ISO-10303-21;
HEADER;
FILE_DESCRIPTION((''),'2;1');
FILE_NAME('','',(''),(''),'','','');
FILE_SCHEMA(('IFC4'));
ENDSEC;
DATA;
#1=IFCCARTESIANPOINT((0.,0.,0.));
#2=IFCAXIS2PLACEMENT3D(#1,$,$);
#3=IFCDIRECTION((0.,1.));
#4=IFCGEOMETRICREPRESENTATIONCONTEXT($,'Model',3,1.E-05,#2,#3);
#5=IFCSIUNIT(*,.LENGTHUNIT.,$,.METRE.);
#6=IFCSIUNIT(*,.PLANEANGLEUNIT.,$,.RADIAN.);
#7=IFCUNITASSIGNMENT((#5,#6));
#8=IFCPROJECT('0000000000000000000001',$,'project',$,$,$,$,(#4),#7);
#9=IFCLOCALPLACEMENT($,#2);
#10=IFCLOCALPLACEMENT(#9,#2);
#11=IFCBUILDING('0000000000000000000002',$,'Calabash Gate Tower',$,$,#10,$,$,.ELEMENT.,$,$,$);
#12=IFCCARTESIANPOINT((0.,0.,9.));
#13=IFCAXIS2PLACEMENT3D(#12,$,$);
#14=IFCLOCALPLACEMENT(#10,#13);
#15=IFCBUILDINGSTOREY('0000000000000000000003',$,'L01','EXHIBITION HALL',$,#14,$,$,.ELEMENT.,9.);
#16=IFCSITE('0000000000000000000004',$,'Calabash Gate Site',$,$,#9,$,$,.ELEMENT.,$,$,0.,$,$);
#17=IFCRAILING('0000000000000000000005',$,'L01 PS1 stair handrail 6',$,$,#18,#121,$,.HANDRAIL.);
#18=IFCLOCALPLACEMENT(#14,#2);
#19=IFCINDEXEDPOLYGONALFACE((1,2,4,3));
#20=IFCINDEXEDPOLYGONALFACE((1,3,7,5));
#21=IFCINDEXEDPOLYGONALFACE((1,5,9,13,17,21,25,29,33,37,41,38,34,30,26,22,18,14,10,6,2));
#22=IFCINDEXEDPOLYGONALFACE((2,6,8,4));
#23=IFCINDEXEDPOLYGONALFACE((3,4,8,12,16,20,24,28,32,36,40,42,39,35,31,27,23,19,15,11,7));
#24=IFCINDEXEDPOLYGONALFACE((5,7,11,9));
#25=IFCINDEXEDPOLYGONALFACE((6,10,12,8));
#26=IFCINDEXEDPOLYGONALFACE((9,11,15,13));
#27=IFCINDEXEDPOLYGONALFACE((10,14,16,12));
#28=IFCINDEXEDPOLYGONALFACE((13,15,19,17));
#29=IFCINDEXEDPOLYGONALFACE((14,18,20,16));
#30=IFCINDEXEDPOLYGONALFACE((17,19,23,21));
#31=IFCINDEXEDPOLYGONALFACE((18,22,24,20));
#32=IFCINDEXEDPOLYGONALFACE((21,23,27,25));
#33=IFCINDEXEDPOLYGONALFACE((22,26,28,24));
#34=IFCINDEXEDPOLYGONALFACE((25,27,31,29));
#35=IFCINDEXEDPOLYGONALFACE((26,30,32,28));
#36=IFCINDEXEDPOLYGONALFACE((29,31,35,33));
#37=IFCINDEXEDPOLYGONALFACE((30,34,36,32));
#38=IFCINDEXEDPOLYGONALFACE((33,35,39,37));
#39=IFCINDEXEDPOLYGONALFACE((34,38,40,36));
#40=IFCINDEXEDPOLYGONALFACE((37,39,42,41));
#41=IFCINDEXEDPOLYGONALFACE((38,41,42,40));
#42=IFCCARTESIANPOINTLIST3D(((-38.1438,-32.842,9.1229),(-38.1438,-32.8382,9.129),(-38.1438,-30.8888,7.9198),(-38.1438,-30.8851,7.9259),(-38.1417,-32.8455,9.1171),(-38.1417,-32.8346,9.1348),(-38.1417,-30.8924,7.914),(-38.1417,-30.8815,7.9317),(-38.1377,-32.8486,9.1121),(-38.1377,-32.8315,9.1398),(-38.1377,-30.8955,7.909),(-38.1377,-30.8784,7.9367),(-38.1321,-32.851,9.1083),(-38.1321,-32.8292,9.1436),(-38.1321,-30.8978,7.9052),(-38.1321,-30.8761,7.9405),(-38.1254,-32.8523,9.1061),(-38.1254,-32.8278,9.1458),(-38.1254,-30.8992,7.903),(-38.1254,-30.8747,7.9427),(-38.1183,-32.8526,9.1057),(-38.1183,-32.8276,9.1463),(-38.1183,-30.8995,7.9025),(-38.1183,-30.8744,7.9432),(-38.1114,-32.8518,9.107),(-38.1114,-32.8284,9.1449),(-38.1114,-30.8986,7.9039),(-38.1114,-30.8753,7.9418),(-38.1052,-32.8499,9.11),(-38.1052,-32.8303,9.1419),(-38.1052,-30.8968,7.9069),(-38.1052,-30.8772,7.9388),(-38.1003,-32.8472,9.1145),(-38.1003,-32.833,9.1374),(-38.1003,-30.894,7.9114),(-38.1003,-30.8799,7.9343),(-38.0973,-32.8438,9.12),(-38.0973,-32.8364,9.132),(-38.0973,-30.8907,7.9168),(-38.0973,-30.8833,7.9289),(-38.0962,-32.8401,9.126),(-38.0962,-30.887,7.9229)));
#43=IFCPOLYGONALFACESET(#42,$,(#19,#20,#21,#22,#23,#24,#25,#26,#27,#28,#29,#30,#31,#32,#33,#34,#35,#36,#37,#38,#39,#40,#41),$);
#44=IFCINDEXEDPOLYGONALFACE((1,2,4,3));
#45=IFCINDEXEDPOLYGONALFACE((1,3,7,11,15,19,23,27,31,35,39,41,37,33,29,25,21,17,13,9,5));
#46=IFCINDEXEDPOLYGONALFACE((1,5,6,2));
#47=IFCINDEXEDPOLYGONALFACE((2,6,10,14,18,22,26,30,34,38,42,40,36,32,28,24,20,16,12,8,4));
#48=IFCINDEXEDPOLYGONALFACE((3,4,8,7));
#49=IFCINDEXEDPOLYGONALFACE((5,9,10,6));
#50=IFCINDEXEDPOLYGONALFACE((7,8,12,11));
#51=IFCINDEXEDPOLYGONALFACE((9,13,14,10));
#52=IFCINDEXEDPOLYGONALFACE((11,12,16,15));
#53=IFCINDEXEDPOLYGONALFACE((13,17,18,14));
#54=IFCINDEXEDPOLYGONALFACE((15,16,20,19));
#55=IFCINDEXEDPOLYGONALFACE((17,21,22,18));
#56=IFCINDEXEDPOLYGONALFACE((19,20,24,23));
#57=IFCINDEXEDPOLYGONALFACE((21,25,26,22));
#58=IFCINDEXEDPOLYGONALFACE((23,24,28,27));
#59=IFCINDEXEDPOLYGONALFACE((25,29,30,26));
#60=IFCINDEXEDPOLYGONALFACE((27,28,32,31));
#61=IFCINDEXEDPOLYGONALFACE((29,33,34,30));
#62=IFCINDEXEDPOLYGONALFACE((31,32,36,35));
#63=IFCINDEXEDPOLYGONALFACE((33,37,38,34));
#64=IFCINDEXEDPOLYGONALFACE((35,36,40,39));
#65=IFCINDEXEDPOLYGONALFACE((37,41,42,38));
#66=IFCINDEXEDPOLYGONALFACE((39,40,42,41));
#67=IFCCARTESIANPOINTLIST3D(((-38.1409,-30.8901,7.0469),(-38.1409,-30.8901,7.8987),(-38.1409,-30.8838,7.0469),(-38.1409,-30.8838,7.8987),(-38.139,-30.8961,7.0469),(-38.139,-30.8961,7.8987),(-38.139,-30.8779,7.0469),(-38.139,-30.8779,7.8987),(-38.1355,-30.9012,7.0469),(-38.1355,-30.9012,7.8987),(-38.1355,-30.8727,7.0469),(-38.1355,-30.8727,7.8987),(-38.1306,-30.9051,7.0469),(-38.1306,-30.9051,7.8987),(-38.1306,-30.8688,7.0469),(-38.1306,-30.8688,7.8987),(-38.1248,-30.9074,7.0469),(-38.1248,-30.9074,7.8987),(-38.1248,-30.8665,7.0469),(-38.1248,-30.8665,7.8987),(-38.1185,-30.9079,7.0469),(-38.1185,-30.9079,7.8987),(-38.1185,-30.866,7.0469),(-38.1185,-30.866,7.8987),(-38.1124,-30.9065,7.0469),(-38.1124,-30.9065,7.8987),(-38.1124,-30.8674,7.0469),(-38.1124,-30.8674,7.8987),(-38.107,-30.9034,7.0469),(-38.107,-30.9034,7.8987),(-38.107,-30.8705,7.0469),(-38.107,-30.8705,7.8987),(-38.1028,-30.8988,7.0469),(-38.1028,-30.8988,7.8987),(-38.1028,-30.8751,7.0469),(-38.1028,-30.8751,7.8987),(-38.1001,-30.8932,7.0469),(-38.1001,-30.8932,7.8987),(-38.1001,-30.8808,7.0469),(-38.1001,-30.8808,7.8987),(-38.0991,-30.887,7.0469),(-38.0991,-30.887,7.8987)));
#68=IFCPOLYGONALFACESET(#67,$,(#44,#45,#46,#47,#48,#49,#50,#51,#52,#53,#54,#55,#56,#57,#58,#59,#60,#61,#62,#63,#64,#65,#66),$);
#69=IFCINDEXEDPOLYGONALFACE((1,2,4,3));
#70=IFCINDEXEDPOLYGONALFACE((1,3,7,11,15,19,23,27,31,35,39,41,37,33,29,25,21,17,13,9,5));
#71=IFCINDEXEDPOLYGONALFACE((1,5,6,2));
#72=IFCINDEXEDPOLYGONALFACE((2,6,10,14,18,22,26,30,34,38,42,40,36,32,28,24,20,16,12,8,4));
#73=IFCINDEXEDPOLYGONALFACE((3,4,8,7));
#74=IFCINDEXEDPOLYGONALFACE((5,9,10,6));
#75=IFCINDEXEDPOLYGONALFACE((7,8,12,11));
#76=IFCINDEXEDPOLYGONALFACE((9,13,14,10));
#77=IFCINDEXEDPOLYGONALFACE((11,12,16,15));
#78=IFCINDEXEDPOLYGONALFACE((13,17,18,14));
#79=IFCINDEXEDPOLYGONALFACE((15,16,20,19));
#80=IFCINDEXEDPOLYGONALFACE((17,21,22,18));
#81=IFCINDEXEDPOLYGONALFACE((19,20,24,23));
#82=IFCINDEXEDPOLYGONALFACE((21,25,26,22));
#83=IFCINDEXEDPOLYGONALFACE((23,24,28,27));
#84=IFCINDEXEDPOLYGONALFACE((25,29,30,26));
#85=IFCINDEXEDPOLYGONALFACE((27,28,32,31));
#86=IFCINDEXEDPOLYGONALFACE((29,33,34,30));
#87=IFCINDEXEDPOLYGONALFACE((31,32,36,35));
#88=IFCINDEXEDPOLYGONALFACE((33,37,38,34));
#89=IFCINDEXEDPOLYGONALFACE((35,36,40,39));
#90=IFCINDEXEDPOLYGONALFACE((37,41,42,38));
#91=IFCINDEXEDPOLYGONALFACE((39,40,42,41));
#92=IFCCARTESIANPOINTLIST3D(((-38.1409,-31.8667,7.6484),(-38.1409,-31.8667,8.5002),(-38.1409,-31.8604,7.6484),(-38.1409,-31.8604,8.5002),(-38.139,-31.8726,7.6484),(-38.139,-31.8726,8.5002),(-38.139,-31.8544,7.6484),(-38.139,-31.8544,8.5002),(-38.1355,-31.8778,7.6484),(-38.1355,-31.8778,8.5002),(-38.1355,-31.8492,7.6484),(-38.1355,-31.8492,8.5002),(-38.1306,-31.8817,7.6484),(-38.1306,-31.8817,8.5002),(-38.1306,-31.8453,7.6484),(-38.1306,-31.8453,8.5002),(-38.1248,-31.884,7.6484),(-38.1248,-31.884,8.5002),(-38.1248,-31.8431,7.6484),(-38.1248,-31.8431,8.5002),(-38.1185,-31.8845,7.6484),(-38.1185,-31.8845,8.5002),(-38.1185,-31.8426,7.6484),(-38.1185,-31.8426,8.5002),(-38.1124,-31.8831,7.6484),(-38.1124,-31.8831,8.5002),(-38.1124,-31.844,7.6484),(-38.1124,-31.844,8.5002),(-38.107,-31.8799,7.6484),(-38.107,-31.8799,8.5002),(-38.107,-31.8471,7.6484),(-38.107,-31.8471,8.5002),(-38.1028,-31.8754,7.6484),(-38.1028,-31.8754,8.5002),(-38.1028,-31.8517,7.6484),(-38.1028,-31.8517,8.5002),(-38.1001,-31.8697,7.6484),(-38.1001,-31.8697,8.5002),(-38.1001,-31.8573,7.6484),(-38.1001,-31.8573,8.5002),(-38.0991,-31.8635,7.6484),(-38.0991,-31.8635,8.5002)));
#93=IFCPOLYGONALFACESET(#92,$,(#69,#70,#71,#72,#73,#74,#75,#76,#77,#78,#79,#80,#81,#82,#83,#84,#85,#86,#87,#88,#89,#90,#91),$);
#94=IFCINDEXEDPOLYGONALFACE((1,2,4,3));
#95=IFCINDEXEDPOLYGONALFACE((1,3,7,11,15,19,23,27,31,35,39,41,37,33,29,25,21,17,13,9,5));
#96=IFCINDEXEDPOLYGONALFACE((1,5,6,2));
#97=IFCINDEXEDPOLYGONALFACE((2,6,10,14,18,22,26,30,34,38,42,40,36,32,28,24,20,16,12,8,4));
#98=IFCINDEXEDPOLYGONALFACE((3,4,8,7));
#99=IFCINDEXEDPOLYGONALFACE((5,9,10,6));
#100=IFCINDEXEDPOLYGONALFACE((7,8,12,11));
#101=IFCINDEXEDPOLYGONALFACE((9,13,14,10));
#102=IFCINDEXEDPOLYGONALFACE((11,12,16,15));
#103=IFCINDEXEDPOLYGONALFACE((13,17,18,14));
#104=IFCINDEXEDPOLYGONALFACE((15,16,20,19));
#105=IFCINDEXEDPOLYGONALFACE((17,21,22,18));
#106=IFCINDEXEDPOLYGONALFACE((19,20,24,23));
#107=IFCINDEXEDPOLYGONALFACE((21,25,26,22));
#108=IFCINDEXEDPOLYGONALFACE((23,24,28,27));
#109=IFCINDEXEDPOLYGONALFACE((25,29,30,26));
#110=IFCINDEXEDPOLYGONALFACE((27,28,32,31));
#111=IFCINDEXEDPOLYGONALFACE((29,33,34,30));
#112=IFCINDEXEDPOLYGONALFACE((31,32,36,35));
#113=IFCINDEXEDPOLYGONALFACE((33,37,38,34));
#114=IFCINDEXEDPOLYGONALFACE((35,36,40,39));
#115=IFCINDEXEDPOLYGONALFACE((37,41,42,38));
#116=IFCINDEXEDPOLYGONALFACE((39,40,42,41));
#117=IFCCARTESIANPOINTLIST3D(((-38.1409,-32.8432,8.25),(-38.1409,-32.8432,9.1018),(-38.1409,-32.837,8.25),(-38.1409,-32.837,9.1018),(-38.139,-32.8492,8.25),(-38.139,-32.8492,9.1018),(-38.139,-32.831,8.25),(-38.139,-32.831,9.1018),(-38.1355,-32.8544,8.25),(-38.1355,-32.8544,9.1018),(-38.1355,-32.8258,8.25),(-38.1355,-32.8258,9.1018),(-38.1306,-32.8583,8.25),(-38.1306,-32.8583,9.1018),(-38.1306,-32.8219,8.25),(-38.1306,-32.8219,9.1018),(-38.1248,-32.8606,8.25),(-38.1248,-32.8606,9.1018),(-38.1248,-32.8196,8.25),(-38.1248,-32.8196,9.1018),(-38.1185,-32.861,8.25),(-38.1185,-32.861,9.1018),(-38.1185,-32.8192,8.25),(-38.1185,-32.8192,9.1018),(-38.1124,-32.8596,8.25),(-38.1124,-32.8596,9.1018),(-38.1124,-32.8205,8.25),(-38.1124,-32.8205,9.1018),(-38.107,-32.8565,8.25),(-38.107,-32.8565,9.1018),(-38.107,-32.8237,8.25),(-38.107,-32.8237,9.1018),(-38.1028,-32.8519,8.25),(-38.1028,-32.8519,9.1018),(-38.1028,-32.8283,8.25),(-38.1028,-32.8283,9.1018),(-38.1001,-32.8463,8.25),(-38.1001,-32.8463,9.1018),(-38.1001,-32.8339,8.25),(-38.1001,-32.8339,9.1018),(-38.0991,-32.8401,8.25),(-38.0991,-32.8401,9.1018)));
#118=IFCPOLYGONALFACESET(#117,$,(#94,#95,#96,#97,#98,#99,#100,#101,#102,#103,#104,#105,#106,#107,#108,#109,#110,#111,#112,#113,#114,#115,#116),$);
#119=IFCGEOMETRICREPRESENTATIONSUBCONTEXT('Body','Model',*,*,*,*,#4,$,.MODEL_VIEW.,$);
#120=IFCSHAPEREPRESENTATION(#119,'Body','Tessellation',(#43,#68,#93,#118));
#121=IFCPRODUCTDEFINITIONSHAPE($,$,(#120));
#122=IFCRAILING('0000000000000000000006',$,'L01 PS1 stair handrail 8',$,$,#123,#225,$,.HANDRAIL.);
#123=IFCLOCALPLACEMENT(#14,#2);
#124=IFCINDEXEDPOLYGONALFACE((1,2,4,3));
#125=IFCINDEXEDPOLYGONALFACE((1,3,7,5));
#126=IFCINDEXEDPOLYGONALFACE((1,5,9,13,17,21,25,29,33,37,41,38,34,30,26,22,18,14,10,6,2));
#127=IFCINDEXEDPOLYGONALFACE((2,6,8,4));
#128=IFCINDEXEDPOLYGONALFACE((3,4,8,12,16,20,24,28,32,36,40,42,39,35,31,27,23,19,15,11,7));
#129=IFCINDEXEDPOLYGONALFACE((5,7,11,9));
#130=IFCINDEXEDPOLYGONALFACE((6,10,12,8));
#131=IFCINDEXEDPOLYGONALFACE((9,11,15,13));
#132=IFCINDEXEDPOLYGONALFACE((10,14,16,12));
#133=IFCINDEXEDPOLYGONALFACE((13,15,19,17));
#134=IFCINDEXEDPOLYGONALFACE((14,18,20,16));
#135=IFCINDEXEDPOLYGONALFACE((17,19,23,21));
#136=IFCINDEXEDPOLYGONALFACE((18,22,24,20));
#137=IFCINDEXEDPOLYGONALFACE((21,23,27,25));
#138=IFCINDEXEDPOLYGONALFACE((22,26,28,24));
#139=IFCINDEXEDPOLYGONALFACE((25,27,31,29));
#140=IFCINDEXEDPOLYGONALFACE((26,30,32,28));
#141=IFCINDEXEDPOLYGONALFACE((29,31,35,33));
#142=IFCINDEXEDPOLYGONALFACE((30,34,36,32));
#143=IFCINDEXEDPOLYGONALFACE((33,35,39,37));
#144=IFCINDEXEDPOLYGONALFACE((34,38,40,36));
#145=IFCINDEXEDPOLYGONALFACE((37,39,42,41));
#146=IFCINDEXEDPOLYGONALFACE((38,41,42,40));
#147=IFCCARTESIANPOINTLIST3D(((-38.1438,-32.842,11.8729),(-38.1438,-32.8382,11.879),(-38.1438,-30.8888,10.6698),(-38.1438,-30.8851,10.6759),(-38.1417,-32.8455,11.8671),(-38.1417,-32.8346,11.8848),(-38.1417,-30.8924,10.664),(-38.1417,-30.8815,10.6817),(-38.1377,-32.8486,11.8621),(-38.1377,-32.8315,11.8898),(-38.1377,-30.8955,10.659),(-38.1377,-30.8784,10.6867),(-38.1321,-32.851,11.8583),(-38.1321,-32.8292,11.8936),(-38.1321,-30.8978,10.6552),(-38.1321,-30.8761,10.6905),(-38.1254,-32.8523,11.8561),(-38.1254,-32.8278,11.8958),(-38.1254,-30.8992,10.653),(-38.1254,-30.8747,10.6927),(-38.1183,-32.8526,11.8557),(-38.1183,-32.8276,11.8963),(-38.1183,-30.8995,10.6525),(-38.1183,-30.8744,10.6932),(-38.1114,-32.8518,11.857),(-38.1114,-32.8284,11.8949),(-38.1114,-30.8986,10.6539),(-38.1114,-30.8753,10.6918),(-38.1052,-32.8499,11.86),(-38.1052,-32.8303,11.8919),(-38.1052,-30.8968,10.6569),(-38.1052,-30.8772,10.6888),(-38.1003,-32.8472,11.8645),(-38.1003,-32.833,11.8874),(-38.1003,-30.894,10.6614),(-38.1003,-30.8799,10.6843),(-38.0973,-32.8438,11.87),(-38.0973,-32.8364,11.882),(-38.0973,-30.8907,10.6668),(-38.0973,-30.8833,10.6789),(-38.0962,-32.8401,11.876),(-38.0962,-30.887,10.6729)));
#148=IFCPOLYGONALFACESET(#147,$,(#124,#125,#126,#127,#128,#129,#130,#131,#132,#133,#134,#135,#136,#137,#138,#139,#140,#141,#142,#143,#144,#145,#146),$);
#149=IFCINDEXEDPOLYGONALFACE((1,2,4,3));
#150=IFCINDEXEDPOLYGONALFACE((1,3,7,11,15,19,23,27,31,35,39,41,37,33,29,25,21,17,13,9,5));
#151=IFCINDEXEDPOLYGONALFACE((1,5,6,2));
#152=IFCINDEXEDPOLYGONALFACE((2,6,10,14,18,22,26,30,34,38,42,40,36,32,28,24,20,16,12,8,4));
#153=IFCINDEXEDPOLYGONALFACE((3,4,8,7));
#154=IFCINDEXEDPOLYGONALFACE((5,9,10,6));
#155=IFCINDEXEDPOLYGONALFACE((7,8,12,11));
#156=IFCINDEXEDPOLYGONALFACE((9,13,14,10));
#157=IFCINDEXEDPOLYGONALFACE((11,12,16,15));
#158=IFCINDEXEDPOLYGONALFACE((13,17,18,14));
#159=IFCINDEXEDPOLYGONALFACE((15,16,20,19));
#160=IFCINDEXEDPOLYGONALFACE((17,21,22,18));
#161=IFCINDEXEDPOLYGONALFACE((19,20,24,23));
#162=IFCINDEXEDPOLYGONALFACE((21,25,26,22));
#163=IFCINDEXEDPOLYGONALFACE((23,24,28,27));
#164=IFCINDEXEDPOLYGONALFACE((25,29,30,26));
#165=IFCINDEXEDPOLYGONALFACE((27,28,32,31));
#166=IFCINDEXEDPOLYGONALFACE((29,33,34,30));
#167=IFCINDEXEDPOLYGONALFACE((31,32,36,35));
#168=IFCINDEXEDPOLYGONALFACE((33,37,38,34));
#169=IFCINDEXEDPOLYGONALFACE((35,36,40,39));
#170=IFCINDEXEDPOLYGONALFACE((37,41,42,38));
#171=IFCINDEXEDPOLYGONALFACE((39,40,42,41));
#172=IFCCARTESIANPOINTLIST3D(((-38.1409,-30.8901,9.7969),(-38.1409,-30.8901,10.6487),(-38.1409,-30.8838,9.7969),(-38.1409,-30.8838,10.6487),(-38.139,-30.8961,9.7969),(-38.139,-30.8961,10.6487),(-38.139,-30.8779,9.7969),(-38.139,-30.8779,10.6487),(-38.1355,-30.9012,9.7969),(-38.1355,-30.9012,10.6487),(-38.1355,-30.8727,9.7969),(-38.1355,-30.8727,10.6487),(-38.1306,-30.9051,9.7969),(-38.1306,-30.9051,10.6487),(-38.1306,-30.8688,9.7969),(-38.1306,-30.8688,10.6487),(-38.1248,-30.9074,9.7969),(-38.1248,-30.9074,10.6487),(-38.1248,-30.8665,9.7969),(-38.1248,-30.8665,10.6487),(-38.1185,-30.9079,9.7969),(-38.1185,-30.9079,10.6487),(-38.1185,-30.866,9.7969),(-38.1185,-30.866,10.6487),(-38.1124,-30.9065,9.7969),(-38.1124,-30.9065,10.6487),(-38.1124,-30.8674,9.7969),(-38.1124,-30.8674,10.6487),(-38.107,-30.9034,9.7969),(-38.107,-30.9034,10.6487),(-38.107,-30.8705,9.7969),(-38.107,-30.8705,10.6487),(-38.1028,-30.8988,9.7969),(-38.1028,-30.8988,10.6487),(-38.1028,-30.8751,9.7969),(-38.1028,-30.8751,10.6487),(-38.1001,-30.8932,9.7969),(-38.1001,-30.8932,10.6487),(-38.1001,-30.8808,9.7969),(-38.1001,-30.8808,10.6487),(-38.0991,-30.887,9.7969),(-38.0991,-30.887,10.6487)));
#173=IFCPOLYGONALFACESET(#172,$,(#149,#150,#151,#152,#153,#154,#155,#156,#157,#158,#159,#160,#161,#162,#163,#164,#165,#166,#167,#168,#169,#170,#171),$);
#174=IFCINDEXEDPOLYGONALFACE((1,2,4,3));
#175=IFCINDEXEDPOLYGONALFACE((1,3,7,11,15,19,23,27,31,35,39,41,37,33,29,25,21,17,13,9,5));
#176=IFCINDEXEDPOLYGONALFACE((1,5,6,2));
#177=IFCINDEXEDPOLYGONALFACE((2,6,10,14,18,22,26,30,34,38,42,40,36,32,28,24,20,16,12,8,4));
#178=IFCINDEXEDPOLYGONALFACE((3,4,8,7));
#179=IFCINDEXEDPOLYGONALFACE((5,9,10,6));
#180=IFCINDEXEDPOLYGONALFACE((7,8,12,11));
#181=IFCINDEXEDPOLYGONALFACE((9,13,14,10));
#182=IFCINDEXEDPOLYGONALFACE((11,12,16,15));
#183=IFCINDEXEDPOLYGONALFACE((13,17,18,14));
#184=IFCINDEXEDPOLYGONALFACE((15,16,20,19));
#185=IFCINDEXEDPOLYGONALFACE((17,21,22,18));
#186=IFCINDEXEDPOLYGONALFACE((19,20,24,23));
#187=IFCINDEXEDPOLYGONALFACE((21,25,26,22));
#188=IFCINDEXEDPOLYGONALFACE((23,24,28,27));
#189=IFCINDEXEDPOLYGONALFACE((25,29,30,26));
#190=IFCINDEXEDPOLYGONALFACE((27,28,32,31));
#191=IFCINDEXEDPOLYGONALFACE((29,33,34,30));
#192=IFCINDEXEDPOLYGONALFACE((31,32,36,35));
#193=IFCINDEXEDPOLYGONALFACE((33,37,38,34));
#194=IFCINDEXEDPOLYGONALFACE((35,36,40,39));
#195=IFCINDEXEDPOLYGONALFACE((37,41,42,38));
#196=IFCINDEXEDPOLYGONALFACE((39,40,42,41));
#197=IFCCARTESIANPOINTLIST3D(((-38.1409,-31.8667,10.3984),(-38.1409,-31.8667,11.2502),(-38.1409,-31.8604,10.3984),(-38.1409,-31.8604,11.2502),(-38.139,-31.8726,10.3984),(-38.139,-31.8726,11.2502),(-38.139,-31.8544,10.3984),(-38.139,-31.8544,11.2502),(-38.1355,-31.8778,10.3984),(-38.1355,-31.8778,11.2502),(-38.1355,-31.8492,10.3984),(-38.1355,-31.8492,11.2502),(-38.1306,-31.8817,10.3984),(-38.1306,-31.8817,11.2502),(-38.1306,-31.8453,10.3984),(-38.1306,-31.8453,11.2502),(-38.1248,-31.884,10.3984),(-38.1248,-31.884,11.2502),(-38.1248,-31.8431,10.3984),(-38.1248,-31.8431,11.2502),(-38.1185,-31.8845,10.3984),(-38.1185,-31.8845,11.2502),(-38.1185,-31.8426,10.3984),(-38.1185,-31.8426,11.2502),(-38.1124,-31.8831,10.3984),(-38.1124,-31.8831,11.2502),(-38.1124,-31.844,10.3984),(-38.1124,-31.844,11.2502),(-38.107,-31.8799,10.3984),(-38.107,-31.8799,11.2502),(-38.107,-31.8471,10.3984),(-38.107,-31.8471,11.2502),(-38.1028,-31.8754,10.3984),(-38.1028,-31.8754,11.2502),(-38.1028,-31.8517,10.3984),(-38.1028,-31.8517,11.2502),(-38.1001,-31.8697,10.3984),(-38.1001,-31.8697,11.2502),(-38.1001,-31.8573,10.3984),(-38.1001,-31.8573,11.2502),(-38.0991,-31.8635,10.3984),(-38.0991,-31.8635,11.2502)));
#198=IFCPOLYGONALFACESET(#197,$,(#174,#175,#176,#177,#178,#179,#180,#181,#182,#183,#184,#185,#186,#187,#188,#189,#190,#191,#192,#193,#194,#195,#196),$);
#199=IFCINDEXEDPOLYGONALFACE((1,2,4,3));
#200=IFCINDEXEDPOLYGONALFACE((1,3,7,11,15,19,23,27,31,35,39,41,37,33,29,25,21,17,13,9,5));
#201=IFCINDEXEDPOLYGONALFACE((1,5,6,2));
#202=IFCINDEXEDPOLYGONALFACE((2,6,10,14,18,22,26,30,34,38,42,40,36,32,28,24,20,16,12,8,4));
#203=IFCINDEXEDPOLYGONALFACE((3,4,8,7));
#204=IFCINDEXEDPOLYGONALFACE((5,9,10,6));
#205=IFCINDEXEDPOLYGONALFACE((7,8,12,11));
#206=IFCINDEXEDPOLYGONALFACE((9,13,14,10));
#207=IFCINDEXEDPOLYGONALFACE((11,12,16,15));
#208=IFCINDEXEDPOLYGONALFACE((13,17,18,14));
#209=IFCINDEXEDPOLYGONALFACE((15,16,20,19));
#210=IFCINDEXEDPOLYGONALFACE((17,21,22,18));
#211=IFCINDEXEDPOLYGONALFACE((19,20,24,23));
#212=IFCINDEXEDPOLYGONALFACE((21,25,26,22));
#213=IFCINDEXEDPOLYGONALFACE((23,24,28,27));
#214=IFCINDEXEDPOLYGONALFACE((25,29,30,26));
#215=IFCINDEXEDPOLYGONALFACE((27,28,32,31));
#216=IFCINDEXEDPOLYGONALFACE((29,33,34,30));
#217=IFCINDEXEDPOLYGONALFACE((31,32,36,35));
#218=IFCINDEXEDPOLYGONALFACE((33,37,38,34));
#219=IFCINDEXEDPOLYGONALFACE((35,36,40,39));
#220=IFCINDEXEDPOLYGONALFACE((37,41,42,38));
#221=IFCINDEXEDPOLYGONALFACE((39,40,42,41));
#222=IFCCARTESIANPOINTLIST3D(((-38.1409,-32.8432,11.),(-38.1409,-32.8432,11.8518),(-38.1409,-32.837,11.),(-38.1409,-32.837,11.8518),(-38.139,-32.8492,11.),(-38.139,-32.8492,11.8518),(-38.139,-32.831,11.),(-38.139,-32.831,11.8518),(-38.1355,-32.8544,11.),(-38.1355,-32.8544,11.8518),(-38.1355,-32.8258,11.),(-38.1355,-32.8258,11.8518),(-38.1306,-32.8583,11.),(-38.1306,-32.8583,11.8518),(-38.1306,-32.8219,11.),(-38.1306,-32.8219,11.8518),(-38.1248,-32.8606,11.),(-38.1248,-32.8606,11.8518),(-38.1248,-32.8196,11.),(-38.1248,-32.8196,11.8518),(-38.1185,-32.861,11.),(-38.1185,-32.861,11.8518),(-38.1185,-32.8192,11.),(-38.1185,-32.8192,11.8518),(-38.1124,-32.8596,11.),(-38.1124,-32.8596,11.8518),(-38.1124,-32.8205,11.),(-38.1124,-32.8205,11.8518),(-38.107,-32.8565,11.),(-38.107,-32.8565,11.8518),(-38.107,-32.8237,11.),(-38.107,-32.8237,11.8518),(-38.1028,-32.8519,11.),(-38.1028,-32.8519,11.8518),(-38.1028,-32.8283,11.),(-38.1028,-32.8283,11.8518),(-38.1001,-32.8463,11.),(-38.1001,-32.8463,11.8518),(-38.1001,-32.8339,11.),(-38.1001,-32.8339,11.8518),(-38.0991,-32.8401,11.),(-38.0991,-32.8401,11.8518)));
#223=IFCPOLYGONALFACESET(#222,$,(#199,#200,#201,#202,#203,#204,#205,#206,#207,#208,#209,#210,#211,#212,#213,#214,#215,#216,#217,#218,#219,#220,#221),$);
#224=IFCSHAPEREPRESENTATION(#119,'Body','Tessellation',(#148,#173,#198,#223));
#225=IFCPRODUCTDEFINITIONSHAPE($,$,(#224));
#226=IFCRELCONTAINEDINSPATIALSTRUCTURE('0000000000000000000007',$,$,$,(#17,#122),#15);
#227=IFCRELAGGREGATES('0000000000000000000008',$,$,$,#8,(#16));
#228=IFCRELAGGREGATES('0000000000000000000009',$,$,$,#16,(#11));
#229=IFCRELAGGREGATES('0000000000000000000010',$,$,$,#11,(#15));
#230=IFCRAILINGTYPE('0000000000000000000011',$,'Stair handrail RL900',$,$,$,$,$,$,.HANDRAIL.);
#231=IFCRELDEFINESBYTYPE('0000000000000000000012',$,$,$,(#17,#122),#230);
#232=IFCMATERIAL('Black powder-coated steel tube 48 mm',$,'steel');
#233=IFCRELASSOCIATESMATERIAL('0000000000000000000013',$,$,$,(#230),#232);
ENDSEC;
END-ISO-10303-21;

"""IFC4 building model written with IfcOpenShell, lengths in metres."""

from ifc_helpers import new_model, si_unit, direction, frame, origin, origin_2d, place, context, subcontext, project, spatial, circle, extrude, material, type_object, element, save


model = new_model("IFC4")

# Units and contexts
model_context = context("Model", 3, precision=1e-05, world=origin(), true_north=direction((0.0, 1.0)))
body_context = subcontext(model_context, "Body", "Model", "MODEL_VIEW")
ifc_project = project(units=[si_unit("LENGTHUNIT", "METRE"), si_unit("PLANEANGLEUNIT", "RADIAN")], contexts=[model_context])

# Site, building, storey
site_placement = place(None, origin())
site = spatial("IfcSite", under=ifc_project, at=site_placement, Name="Calabash Gate Site", CompositionType="ELEMENT", RefElevation=0.0)
building_placement = place(site_placement, origin())
building = spatial("IfcBuilding", under=site, at=building_placement, Name="Calabash Gate Tower", CompositionType="ELEMENT")
storey_placement = place(building_placement, frame((0.0, 0.0, 9.0)))
storey = spatial("IfcBuildingStorey", under=building, at=storey_placement, Name="L01", Description="EXHIBITION HALL", CompositionType="ELEMENT", Elevation=9.0)

# Railings
ifc_material_1 = material(Name="Black powder-coated steel tube 48 mm", Category="steel")
railing_type_1 = type_object("IfcRailingType", Name="Stair handrail RL900", PredefinedType="HANDRAIL", material=ifc_material_1)
for number, where, name in (
    (1, (-38.1201, -30.887, 7.0469), "L01 PS1 stair handrail 6"),
    (2, (-38.1201, -30.887, 9.7969), "L01 PS1 stair handrail 8"),
):
    element("IfcRailing", number, at=place(storey_placement, frame(where)), inside=storey, type_object=railing_type_1, Name=name, PredefinedType="HANDRAIL", context=body_context, shape_type="SweptSolid", body=[
        extrude(circle(Radius=0.0239, at=origin_2d()), frame((0.0, 0.0, 0.876), z_axis=(0.0, -0.851424, 0.524477), x_axis=(1.0, 0.0, 0.0)), (0.0, 0.0, 1.0), 2.2939),
        extrude(circle(Radius=0.021, at=origin_2d()), origin(), (0.0, 0.0, 1.0), 0.8518),
        extrude(circle(Radius=0.021, at=origin_2d()), frame((0.0, -0.9766, 0.6016)), (0.0, 0.0, 1.0), 0.8518),
        extrude(circle(Radius=0.021, at=origin_2d()), frame((0.0, -1.9531, 1.2031)), (0.0, 0.0, 1.0), 0.8518),
    ])

save(model, "model.ifc")
